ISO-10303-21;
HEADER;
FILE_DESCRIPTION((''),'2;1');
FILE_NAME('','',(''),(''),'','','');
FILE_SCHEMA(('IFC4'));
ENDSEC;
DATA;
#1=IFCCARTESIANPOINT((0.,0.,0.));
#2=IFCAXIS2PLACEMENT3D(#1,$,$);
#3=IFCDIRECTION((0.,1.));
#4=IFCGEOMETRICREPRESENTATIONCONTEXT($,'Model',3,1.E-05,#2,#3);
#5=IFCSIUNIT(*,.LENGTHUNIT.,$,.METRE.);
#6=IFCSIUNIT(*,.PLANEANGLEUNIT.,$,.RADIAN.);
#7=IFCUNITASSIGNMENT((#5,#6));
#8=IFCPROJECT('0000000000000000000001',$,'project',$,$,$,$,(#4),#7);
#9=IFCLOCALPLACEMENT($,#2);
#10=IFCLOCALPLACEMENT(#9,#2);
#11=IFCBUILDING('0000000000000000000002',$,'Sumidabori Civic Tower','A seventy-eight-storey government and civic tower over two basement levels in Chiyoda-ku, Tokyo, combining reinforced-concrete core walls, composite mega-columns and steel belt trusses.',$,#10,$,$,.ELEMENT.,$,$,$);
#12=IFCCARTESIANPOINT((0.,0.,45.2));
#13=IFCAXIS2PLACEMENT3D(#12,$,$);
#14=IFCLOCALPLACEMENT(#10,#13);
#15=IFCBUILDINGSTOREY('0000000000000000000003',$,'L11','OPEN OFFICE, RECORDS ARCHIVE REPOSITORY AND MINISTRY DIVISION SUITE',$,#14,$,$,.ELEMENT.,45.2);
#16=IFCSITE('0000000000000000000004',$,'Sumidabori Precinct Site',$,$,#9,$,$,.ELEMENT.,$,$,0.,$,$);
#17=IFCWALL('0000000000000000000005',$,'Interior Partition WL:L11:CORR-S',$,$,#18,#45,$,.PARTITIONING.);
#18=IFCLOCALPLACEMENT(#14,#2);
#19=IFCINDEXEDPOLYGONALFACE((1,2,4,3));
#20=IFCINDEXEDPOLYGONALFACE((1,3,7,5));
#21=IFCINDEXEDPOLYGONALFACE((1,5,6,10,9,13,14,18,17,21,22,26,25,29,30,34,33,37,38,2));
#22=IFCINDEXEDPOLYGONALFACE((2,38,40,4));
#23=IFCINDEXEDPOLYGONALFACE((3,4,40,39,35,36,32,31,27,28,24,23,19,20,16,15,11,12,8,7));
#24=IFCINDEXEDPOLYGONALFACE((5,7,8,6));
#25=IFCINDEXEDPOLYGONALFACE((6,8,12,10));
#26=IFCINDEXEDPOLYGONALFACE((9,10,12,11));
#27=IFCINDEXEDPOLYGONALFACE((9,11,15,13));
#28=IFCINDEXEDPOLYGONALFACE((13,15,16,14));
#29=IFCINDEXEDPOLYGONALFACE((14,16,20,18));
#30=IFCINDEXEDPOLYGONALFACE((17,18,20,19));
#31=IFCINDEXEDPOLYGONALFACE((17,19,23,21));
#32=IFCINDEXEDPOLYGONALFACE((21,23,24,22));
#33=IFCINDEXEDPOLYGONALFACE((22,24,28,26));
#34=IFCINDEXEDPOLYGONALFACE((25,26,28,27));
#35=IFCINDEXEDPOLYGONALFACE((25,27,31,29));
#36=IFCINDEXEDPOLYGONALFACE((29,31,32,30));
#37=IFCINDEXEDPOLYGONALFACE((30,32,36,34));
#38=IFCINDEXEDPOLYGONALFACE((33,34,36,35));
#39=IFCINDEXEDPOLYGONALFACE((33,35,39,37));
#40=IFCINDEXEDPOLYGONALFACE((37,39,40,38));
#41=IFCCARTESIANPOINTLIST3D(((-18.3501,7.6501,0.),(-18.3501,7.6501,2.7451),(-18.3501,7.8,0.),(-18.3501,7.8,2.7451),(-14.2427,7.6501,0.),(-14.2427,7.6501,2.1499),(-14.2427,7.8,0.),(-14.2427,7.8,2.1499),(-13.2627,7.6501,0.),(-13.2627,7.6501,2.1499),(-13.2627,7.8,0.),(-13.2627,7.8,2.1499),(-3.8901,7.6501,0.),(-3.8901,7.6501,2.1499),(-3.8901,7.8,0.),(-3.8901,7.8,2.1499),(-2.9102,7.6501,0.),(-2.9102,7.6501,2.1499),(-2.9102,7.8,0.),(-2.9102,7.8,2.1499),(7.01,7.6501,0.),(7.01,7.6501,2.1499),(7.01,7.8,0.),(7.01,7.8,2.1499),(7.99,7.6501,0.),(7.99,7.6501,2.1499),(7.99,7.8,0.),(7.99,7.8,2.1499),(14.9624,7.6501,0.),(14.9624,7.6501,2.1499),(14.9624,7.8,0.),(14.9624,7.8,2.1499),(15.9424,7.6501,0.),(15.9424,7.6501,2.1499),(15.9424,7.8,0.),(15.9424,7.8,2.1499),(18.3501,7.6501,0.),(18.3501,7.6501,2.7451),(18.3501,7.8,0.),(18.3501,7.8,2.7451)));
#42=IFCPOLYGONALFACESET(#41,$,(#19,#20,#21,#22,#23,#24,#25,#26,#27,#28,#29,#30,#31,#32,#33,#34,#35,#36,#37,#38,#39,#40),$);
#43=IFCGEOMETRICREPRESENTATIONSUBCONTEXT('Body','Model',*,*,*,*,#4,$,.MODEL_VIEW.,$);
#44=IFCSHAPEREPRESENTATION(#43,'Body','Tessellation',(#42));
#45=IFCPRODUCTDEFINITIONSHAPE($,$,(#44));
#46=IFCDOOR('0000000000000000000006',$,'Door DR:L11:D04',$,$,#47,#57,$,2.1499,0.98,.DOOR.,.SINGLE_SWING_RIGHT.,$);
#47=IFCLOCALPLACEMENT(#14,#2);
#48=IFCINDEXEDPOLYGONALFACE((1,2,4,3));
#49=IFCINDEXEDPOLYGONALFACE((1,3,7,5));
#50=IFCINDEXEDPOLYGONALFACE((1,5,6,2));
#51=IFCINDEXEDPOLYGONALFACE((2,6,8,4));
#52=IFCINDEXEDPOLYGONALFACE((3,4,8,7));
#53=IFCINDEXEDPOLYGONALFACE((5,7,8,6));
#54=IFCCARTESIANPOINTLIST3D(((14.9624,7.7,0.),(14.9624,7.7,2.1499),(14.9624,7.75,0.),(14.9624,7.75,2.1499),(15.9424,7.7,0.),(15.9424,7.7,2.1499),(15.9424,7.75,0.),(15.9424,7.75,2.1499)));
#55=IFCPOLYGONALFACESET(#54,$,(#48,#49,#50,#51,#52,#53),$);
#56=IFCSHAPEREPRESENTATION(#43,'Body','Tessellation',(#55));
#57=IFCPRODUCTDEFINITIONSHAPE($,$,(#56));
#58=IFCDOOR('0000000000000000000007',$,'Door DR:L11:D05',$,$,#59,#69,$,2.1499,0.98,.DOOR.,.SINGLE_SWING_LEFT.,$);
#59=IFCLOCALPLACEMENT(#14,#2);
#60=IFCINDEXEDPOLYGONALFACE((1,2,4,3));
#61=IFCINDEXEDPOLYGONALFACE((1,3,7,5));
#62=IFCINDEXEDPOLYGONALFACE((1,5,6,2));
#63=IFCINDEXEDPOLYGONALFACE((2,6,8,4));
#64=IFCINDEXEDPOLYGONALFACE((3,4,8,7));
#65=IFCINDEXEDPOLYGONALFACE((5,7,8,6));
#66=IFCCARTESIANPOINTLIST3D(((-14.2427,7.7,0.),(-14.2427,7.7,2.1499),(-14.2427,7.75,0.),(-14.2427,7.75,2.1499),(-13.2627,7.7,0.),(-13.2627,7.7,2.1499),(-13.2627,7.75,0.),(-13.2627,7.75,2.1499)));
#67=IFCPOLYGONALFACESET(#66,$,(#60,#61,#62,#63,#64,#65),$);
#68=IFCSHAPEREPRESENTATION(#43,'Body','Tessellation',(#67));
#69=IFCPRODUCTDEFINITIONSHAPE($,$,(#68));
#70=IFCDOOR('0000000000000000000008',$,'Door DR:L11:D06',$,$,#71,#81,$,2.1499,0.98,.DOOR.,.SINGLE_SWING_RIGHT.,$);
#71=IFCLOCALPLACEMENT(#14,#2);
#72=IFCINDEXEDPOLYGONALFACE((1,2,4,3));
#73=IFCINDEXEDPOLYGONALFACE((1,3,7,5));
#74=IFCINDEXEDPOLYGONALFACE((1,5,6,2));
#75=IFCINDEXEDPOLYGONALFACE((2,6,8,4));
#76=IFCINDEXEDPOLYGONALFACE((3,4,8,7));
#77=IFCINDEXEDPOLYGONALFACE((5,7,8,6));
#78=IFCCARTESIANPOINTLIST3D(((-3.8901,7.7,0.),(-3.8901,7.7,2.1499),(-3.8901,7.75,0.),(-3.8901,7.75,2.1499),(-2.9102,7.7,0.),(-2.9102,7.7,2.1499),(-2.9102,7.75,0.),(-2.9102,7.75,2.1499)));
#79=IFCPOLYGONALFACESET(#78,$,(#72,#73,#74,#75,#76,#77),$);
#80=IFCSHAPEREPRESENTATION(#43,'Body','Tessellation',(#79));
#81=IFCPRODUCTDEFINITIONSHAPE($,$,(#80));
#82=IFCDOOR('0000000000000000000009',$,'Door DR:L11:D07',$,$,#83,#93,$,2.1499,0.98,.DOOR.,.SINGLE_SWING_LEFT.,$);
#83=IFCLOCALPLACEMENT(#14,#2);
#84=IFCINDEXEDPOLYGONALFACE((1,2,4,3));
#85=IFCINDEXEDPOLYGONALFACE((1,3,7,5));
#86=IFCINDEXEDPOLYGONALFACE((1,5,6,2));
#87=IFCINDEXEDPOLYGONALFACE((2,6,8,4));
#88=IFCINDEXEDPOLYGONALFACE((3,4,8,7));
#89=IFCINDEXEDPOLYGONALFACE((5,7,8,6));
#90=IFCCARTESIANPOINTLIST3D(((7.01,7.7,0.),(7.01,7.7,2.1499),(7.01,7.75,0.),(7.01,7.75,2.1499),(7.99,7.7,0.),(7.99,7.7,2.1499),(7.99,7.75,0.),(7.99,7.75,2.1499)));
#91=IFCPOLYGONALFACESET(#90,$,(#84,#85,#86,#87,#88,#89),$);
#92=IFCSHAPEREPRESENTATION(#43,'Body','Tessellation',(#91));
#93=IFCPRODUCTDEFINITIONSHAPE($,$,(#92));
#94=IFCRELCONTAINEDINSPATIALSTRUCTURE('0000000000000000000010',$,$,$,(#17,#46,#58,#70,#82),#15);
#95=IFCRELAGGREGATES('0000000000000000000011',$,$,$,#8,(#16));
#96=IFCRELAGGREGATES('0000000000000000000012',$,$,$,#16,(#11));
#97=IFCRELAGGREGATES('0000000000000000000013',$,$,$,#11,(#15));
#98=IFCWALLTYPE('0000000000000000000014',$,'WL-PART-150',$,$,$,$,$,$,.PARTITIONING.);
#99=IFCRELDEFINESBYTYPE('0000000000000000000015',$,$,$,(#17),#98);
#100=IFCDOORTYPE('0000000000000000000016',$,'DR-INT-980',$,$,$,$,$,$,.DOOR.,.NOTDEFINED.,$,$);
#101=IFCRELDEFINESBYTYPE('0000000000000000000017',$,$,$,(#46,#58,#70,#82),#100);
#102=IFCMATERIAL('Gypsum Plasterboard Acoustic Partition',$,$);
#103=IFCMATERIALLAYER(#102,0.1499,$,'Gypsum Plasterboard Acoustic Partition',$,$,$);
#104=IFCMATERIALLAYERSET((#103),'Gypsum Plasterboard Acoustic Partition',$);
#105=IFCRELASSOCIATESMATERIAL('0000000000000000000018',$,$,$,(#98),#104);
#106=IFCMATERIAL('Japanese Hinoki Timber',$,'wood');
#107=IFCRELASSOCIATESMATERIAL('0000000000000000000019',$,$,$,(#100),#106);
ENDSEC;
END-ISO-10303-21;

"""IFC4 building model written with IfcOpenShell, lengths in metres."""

from ifc_helpers import new_model, si_unit, direction, frame, frame_2d, origin, place, context, subcontext, project, spatial, rectangle, extrude, source, transform, mapped, material, layer, layer_set, type_object, element, fill, save


model = new_model("IFC4")

# Units and contexts
model_context = context("Model", 3, precision=1e-05, world=origin(), true_north=direction((0.0, 1.0)))
body_context = subcontext(model_context, "Body", "Model", "MODEL_VIEW")
ifc_project = project(units=[si_unit("LENGTHUNIT", "METRE"), si_unit("PLANEANGLEUNIT", "RADIAN")], contexts=[model_context])

# Site, building, storey
site_placement = place(None, origin())
site = spatial("IfcSite", under=ifc_project, at=site_placement, Name="Sumidabori Precinct Site", CompositionType="ELEMENT", RefElevation=0.0)
building_placement = place(site_placement, origin())
building = spatial("IfcBuilding", under=site, at=building_placement, Name="Sumidabori Civic Tower", Description="A seventy-eight-storey government and civic tower over two basement levels in Chiyoda-ku, Tokyo, combining reinforced-concrete core walls, composite mega-columns and steel belt trusses.", CompositionType="ELEMENT")
storey_placement = place(building_placement, frame((0.0, 0.0, 45.2)))
storey = spatial("IfcBuildingStorey", under=building, at=storey_placement, Name="L11", Description="OPEN OFFICE, RECORDS ARCHIVE REPOSITORY AND MINISTRY DIVISION SUITE", CompositionType="ELEMENT", Elevation=45.2)

# Shared definitions
ifc_material_1 = material(Name="Gypsum Plasterboard Acoustic Partition")
ifc_layer_1 = layer(ifc_material_1, 0.1499, Name="Gypsum Plasterboard Acoustic Partition")
ifc_layer_set_1 = layer_set([ifc_layer_1], Name="Gypsum Plasterboard Acoustic Partition")
wall_type_1 = type_object("IfcWallType", Name="WL-PART-150", PredefinedType="PARTITIONING", material=ifc_layer_set_1)

# Shared definitions
ifc_material_2 = material(Name="Japanese Hinoki Timber", Category="wood")

# Wall, openings, doors
shared_shape_1 = source(origin(), body_context, "Body", "SweptSolid", [
    extrude(rectangle(XDim=36.7002, YDim=0.1499, at=frame_2d((18.3501, 0.0))), origin(), (0.0, 0.0, 1.0), 2.7451),
])
wall_1_placement = place(storey_placement, frame((-18.3501, 7.7251, 0.0), z_axis=(0.0, 0.0, 1.0), x_axis=(1.0, 0.0, 0.0)))
wall_1 = element("IfcWall", 1, at=wall_1_placement, inside=storey, type_object=wall_type_1, Name="Interior Partition WL:L11:CORR-S", PredefinedType="PARTITIONING", context=body_context, shape_type="MappedRepresentation", body=[
    mapped(shared_shape_1, transform((0.0, 0.0, 0.0), x_axis=(1.0, 0.0, 0.0), y_axis=(0.0, 1.0, 0.0), z_axis=(0.0, 0.0, 1.0), scale=1.0)),
])
opening_1_placement = place(wall_1_placement, frame((33.3125, 0.0, 0.0)))
opening_1 = element("IfcOpeningElement", 2, at=opening_1_placement, cuts=wall_1, PredefinedType="OPENING", context=body_context, shape_type="SweptSolid", body=[
    extrude(rectangle(XDim=0.98, YDim=2.1499, at=frame_2d((0.49, 1.075))), frame((0.0, 0.0869, 0.0), z_axis=(0.0, -1.0, 0.0), x_axis=(1.0, 0.0, 0.0)), (0.0, 0.0, 1.0), 0.1738),
])
opening_2_placement = place(wall_1_placement, frame((4.1074, 0.0, 0.0)))
opening_2 = element("IfcOpeningElement", 3, at=opening_2_placement, cuts=wall_1, PredefinedType="OPENING", context=body_context, shape_type="SweptSolid", body=[
    extrude(rectangle(XDim=0.98, YDim=2.1499, at=frame_2d((0.49, 1.075))), frame((0.0, 0.0869, 0.0), z_axis=(0.0, -1.0, 0.0), x_axis=(1.0, 0.0, 0.0)), (0.0, 0.0, 1.0), 0.1738),
])
opening_3_placement = place(wall_1_placement, frame((14.46, 0.0, 0.0)))
opening_3 = element("IfcOpeningElement", 4, at=opening_3_placement, cuts=wall_1, PredefinedType="OPENING", context=body_context, shape_type="SweptSolid", body=[
    extrude(rectangle(XDim=0.98, YDim=2.1499, at=frame_2d((0.49, 1.075))), frame((0.0, 0.0869, 0.0), z_axis=(0.0, -1.0, 0.0), x_axis=(1.0, 0.0, 0.0)), (0.0, 0.0, 1.0), 0.1738),
])
opening_4_placement = place(wall_1_placement, frame((25.3601, 0.0, 0.0)))
opening_4 = element("IfcOpeningElement", 5, at=opening_4_placement, cuts=wall_1, PredefinedType="OPENING", context=body_context, shape_type="SweptSolid", body=[
    extrude(rectangle(XDim=0.98, YDim=2.1499, at=frame_2d((0.49, 1.075))), frame((0.0, 0.0869, 0.0), z_axis=(0.0, -1.0, 0.0), x_axis=(1.0, 0.0, 0.0)), (0.0, 0.0, 1.0), 0.1738),
])
door_type_1 = type_object("IfcDoorType", Name="DR-INT-980", OperationType="NOTDEFINED", PredefinedType="DOOR", material=ifc_material_2)
shared_shape_2 = source(origin(), body_context, "Body", "SweptSolid", [
    extrude(rectangle(XDim=0.98, YDim=2.1499, at=frame_2d((0.49, 1.075))), frame((0.0, 0.0249, 0.0), z_axis=(0.0, -1.0, 0.0), x_axis=(1.0, 0.0, 0.0)), (0.0, 0.0, 1.0), 0.05),
])
door_1_placement = place(opening_1_placement, origin())
door_1 = element("IfcDoor", 6, at=door_1_placement, inside=storey, type_object=door_type_1, Name="Door DR:L11:D04", OperationType="SINGLE_SWING_RIGHT", OverallHeight=2.1499, OverallWidth=0.98, PredefinedType="DOOR", context=body_context, shape_type="MappedRepresentation", body=[
    mapped(shared_shape_2, transform((0.0, 0.0, 0.0), x_axis=(1.0, 0.0, 0.0), y_axis=(0.0, 1.0, 0.0), z_axis=(0.0, 0.0, 1.0), scale=1.0)),
])
fill(opening_1, door_1)
door_2_placement = place(opening_2_placement, origin())
door_2 = element("IfcDoor", 7, at=door_2_placement, inside=storey, type_object=door_type_1, Name="Door DR:L11:D05", OperationType="SINGLE_SWING_LEFT", OverallHeight=2.1499, OverallWidth=0.98, PredefinedType="DOOR", context=body_context, shape_type="MappedRepresentation", body=[
    mapped(shared_shape_2, transform((0.0, 0.0, 0.0), x_axis=(1.0, 0.0, 0.0), y_axis=(0.0, 1.0, 0.0), z_axis=(0.0, 0.0, 1.0), scale=1.0)),
])
fill(opening_2, door_2)
door_3_placement = place(opening_3_placement, origin())
door_3 = element("IfcDoor", 8, at=door_3_placement, inside=storey, type_object=door_type_1, Name="Door DR:L11:D06", OperationType="SINGLE_SWING_RIGHT", OverallHeight=2.1499, OverallWidth=0.98, PredefinedType="DOOR", context=body_context, shape_type="MappedRepresentation", body=[
    mapped(shared_shape_2, transform((0.0, 0.0, 0.0), x_axis=(1.0, 0.0, 0.0), y_axis=(0.0, 1.0, 0.0), z_axis=(0.0, 0.0, 1.0), scale=1.0)),
])
fill(opening_3, door_3)
door_4_placement = place(opening_4_placement, origin())
door_4 = element("IfcDoor", 9, at=door_4_placement, inside=storey, type_object=door_type_1, Name="Door DR:L11:D07", OperationType="SINGLE_SWING_LEFT", OverallHeight=2.1499, OverallWidth=0.98, PredefinedType="DOOR", context=body_context, shape_type="MappedRepresentation", body=[
    mapped(shared_shape_2, transform((0.0, 0.0, 0.0), x_axis=(1.0, 0.0, 0.0), y_axis=(0.0, 1.0, 0.0), z_axis=(0.0, 0.0, 1.0), scale=1.0)),
])
fill(opening_4, door_4)

save(model, "model.ifc")
